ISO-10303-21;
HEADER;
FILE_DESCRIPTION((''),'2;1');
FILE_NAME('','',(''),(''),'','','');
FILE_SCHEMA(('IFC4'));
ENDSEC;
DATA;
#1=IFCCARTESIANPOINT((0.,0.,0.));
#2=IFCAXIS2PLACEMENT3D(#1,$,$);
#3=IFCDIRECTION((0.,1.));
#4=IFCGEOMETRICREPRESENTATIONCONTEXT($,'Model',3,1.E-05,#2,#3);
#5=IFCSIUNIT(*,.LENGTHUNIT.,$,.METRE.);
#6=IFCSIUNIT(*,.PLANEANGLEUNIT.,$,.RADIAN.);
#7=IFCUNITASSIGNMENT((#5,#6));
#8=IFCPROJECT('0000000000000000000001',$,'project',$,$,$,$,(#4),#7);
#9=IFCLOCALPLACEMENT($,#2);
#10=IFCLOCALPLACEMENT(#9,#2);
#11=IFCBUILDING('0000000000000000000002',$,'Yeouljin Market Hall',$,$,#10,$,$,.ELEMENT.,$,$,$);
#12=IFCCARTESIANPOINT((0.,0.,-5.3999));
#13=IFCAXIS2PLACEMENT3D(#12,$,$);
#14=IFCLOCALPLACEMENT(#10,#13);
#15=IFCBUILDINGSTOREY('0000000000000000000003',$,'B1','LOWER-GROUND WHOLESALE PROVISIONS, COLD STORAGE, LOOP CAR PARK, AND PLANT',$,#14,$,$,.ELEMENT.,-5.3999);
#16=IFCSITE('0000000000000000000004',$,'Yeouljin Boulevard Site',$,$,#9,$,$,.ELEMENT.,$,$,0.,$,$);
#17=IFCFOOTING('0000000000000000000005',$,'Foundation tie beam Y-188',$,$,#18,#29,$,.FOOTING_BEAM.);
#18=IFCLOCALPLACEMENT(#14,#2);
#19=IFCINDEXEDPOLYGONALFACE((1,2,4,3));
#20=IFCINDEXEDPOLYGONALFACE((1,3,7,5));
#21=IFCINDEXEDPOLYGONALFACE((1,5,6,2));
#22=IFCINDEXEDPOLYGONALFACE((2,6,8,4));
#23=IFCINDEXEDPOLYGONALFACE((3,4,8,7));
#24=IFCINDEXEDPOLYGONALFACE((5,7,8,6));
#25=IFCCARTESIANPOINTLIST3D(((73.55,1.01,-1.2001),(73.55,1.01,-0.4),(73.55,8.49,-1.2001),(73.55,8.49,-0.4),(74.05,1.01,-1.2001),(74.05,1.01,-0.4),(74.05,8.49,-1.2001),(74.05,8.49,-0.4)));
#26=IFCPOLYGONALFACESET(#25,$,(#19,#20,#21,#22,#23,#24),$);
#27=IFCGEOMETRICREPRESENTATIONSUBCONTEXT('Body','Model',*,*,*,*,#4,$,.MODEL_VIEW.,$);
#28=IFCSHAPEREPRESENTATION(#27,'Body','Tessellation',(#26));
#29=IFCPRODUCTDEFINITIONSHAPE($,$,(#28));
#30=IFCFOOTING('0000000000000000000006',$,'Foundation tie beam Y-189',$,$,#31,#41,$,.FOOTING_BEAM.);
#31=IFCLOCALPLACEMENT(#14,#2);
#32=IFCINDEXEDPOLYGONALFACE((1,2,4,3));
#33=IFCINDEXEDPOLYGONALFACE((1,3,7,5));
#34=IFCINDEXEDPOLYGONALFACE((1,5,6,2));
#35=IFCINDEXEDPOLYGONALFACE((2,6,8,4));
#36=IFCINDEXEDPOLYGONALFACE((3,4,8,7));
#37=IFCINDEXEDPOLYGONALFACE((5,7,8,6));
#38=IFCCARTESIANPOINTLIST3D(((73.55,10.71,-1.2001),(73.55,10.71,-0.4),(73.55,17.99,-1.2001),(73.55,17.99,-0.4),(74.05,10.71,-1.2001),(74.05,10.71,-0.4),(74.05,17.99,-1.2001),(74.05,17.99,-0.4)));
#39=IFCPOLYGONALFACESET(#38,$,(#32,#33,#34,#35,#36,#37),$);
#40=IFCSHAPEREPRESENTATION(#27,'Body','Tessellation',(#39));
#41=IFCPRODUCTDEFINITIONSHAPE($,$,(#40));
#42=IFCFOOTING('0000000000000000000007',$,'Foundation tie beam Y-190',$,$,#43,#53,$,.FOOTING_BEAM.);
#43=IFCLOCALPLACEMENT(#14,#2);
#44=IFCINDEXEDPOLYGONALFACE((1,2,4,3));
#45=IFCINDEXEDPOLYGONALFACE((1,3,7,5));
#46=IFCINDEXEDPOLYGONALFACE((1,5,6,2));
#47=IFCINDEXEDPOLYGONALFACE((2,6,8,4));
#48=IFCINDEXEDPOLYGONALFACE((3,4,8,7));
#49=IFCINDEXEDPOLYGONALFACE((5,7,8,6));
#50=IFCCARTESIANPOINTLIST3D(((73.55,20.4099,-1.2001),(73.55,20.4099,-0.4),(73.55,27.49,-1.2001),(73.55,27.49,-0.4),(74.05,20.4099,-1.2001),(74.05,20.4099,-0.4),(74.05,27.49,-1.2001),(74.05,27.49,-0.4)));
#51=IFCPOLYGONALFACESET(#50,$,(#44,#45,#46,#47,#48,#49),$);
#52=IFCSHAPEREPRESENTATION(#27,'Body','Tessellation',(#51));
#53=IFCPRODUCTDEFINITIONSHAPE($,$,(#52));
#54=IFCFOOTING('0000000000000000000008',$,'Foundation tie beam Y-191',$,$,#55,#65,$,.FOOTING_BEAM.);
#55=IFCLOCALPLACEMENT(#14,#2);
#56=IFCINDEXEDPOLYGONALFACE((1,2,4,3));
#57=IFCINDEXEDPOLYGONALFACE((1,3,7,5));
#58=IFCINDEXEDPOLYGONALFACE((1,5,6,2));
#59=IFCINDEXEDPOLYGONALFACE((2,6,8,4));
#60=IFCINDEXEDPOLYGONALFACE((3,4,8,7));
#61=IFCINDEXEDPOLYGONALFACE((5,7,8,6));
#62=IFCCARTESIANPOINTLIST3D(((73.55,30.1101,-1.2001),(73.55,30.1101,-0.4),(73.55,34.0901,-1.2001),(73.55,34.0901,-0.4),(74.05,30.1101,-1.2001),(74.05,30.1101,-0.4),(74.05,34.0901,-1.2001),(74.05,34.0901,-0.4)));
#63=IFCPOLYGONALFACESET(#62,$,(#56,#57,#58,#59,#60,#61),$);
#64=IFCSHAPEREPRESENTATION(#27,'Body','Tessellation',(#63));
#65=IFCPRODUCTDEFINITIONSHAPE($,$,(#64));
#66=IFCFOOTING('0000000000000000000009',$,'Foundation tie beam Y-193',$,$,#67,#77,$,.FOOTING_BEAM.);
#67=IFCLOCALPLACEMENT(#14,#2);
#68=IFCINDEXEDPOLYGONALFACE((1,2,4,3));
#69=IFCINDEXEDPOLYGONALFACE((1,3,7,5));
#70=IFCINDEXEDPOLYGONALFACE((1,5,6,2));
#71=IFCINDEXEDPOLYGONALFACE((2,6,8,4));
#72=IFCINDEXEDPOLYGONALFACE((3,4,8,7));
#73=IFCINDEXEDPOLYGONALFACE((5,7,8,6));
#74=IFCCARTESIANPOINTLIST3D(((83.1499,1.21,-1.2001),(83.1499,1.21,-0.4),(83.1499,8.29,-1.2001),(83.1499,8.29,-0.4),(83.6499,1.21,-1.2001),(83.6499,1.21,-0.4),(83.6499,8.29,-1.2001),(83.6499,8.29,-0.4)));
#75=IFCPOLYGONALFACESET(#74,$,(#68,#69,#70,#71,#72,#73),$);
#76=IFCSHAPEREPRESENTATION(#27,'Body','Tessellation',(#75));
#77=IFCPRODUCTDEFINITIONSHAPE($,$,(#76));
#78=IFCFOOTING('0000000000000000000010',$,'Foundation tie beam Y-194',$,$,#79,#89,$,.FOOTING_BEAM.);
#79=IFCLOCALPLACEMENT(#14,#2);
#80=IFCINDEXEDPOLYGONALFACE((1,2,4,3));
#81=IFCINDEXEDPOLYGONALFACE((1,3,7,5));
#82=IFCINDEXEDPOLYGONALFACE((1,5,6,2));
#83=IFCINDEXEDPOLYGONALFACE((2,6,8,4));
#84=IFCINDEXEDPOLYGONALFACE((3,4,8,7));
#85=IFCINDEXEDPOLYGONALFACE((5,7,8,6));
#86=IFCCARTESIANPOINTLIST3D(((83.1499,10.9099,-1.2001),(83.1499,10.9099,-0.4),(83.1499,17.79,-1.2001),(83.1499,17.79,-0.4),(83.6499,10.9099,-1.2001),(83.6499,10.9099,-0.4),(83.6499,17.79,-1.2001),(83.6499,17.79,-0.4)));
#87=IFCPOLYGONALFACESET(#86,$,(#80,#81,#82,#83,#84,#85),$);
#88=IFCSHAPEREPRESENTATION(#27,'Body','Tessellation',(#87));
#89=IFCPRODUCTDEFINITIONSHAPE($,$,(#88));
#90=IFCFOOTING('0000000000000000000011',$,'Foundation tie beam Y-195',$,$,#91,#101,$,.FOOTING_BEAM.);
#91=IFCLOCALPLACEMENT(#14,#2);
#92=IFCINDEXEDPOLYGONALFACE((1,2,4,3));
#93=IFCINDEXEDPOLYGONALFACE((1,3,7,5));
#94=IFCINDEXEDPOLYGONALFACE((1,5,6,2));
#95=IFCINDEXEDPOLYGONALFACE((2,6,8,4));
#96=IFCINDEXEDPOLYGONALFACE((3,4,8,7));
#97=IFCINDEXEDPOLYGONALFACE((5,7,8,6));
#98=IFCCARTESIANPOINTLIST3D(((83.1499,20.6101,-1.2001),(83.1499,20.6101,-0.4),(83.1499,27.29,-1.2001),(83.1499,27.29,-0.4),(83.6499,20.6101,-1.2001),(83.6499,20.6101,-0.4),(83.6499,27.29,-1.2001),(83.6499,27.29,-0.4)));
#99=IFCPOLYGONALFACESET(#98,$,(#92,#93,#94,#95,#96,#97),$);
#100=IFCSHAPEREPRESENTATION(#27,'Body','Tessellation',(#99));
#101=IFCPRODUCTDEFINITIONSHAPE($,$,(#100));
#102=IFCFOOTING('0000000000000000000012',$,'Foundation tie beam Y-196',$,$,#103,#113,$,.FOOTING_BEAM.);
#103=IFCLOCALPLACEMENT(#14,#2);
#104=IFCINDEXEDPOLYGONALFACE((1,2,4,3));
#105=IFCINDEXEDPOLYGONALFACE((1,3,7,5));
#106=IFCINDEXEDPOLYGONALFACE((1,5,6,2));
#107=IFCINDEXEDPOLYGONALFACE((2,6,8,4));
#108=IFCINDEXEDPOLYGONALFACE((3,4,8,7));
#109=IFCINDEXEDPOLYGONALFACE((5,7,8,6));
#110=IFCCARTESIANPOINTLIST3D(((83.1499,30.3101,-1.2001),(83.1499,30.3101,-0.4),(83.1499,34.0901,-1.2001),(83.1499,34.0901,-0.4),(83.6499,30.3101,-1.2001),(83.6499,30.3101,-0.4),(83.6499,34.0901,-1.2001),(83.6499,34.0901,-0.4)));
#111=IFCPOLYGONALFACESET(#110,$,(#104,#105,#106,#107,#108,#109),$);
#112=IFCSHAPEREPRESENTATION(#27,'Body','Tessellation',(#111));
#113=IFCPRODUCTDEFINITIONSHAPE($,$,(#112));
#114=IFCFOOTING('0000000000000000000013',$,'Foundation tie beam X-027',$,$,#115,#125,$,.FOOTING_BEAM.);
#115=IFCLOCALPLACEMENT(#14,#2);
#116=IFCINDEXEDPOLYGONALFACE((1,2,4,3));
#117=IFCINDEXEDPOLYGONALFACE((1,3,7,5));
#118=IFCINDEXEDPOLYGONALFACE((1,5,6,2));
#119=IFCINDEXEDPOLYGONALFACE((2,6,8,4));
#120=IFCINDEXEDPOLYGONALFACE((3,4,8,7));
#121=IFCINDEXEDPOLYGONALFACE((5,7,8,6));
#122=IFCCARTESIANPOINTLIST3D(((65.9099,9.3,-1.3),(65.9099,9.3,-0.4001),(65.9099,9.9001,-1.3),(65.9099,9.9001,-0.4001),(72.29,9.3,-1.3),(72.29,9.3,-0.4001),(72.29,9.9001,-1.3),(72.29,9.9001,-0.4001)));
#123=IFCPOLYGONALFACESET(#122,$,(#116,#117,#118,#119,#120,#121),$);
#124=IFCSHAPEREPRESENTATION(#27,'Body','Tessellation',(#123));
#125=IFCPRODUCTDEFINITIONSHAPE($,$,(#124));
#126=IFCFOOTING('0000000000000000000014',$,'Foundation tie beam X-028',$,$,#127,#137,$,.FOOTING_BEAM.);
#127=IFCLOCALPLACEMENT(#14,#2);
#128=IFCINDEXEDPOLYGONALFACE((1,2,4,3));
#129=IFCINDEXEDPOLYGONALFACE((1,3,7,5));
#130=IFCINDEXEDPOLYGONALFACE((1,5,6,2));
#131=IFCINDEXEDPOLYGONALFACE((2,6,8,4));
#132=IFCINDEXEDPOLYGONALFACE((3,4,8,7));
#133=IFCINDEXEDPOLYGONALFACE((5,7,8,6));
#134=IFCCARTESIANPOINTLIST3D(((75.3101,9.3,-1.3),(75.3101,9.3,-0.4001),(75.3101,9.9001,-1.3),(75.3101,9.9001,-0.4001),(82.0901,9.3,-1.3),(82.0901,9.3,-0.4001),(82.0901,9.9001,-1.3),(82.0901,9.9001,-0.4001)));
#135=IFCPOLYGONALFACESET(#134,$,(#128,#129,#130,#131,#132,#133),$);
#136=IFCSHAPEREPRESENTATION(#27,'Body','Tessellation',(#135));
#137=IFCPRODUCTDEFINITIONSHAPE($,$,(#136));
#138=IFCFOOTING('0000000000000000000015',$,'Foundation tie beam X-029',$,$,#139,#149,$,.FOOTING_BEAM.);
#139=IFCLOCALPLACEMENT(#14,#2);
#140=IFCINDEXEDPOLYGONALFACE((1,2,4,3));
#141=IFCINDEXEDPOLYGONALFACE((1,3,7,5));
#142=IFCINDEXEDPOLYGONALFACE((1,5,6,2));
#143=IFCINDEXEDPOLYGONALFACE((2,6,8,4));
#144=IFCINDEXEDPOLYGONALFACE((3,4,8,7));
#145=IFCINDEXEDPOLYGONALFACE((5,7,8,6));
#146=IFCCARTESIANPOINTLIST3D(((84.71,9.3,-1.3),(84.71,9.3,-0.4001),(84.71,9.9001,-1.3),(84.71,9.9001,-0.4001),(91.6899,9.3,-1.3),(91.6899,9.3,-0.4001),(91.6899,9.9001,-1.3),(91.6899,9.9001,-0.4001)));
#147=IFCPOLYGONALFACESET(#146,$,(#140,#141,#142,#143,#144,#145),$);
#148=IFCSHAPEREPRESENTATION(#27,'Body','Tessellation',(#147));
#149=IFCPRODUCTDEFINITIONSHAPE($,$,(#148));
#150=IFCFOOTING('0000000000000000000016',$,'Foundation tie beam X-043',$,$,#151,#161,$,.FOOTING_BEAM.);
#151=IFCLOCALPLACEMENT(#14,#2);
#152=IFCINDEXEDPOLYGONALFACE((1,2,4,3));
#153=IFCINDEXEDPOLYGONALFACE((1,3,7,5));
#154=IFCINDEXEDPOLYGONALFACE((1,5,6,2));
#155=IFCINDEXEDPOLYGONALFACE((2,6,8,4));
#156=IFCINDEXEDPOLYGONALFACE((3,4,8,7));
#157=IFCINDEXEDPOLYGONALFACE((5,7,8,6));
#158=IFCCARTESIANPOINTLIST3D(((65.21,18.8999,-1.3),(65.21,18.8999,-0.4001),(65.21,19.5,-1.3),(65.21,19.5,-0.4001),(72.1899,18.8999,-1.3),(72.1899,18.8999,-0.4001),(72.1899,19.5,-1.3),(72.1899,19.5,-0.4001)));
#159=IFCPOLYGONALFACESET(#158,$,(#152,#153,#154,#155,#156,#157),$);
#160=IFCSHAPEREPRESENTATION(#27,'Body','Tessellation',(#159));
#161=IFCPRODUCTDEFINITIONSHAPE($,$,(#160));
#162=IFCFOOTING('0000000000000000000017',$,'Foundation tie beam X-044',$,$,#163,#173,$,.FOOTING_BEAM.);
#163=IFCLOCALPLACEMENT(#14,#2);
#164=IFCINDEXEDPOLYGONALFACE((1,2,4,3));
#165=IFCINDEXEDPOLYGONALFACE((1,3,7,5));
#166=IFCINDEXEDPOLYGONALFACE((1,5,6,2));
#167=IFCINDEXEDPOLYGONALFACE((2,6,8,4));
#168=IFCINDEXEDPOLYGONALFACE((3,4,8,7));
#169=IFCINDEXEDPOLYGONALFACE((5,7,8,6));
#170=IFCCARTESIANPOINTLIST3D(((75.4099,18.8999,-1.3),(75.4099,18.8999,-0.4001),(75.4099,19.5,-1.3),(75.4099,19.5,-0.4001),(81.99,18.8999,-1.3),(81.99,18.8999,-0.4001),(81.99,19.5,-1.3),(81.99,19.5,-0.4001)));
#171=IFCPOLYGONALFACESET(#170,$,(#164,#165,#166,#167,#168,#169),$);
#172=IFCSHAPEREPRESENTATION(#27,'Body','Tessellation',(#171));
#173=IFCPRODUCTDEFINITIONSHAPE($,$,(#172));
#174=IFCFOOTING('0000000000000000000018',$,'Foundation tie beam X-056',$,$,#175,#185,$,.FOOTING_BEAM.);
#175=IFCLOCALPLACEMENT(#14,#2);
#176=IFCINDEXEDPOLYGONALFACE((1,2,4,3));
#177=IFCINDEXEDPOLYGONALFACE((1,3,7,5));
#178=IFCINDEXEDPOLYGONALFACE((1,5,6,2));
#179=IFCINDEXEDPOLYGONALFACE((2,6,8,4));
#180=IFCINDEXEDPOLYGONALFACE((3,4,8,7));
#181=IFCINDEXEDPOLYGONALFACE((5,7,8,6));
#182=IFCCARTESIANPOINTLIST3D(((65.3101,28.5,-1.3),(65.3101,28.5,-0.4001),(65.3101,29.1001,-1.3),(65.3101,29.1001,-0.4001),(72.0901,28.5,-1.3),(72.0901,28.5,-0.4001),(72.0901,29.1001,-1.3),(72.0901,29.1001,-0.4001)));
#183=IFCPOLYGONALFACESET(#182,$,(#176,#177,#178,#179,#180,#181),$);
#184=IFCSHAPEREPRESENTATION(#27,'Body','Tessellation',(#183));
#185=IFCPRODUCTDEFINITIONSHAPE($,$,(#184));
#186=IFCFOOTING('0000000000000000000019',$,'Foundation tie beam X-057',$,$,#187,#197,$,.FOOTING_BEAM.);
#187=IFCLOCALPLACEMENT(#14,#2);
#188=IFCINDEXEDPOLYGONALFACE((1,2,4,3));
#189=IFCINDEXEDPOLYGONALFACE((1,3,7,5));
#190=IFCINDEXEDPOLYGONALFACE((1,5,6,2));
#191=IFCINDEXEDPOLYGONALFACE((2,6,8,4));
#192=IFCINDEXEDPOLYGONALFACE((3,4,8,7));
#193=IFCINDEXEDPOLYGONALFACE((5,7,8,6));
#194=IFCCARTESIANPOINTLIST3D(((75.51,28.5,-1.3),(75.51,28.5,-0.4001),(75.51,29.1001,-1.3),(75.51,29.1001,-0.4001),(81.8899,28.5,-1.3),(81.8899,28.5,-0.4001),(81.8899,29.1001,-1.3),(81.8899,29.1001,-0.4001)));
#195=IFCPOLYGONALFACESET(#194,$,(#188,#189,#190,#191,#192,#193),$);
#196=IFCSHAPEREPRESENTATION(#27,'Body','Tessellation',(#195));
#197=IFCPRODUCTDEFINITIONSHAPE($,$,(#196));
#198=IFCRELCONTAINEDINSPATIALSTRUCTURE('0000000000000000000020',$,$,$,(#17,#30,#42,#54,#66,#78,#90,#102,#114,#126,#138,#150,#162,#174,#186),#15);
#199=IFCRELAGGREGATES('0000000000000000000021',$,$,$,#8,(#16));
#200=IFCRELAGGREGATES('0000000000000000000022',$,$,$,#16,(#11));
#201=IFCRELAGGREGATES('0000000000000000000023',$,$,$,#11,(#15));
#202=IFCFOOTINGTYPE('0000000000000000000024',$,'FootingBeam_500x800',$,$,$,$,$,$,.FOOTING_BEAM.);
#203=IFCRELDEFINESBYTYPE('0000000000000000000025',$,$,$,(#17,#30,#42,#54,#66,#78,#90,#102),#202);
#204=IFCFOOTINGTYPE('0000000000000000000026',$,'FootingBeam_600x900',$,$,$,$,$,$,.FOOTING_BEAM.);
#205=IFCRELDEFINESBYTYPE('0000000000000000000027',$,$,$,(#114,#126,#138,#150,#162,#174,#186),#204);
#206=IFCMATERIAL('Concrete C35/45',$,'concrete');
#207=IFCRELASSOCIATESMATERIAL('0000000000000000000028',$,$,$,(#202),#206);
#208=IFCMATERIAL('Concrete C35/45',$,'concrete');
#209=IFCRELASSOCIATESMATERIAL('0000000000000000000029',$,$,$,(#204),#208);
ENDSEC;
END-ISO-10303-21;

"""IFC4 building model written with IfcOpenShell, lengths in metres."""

from ifc_helpers import new_model, si_unit, direction, frame, origin, origin_2d, place, context, subcontext, project, spatial, rectangle, extrude, material, material_profile, profile_set, type_object, element, save


model = new_model("IFC4")

# Units and contexts
model_context = context("Model", 3, precision=1e-05, world=origin(), true_north=direction((0.0, 1.0)))
body_context = subcontext(model_context, "Body", "Model", "MODEL_VIEW")
ifc_project = project(units=[si_unit("LENGTHUNIT", "METRE"), si_unit("PLANEANGLEUNIT", "RADIAN")], contexts=[model_context])

# Site, building, storey
site_placement = place(None, origin())
site = spatial("IfcSite", under=ifc_project, at=site_placement, Name="Yeouljin Boulevard Site", CompositionType="ELEMENT", RefElevation=0.0)
building_placement = place(site_placement, origin())
building = spatial("IfcBuilding", under=site, at=building_placement, Name="Yeouljin Market Hall", CompositionType="ELEMENT")
storey_placement = place(building_placement, frame((0.0, 0.0, -5.3999)))
storey = spatial("IfcBuildingStorey", under=building, at=storey_placement, Name="B1", Description="LOWER-GROUND WHOLESALE PROVISIONS, COLD STORAGE, LOOP CAR PARK, AND PLANT", CompositionType="ELEMENT", Elevation=-5.3999)

# Footings
ifc_material_1 = material(Name="Concrete C35/45", Category="concrete")
ifc_material_profile_1 = material_profile(ifc_material_1, rectangle(XDim=0.5, YDim=0.8, at=origin_2d()), Name="RC-500x800")
ifc_profile_set_1 = profile_set([ifc_material_profile_1], Name="Concrete C35/45")
footing_type_1 = type_object("IfcFootingType", Name="FootingBeam_500x800", PredefinedType="FOOTING_BEAM", material=ifc_profile_set_1)
footing_1_placement = place(storey_placement, frame((73.8, 1.01, -0.8), z_axis=(0.0, 1.0, 0.0), x_axis=(-1.0, 0.0, 0.0)))
element("IfcFooting", 1, at=footing_1_placement, inside=storey, type_object=footing_type_1, Name="Foundation tie beam Y-188", PredefinedType="FOOTING_BEAM", context=body_context, shape_type="SweptSolid", body=[
    extrude(rectangle(XDim=0.5, YDim=0.8, at=origin_2d()), origin(), (0.0, 0.0, 1.0), 7.48),
])
footing_2_placement = place(storey_placement, frame((73.8, 10.71, -0.8), z_axis=(0.0, 1.0, 0.0), x_axis=(-1.0, 0.0, 0.0)))
element("IfcFooting", 2, at=footing_2_placement, inside=storey, type_object=footing_type_1, Name="Foundation tie beam Y-189", PredefinedType="FOOTING_BEAM", context=body_context, shape_type="SweptSolid", body=[
    extrude(rectangle(XDim=0.5, YDim=0.8, at=origin_2d()), origin(), (0.0, 0.0, 1.0), 7.28),
])
footing_3_placement = place(storey_placement, frame((73.8, 20.4099, -0.8), z_axis=(0.0, 1.0, 0.0), x_axis=(-1.0, 0.0, 0.0)))
element("IfcFooting", 3, at=footing_3_placement, inside=storey, type_object=footing_type_1, Name="Foundation tie beam Y-190", PredefinedType="FOOTING_BEAM", context=body_context, shape_type="SweptSolid", body=[
    extrude(rectangle(XDim=0.5, YDim=0.8, at=origin_2d()), origin(), (0.0, 0.0, 1.0), 7.0801),
])
footing_4_placement = place(storey_placement, frame((73.8, 30.1101, -0.8), z_axis=(0.0, 1.0, 0.0), x_axis=(-1.0, 0.0, 0.0)))
element("IfcFooting", 4, at=footing_4_placement, inside=storey, type_object=footing_type_1, Name="Foundation tie beam Y-191", PredefinedType="FOOTING_BEAM", context=body_context, shape_type="SweptSolid", body=[
    extrude(rectangle(XDim=0.5, YDim=0.8, at=origin_2d()), origin(), (0.0, 0.0, 1.0), 3.98),
])
footing_5_placement = place(storey_placement, frame((83.3999, 1.21, -0.8), z_axis=(0.0, 1.0, 0.0), x_axis=(-1.0, 0.0, 0.0)))
element("IfcFooting", 5, at=footing_5_placement, inside=storey, type_object=footing_type_1, Name="Foundation tie beam Y-193", PredefinedType="FOOTING_BEAM", context=body_context, shape_type="SweptSolid", body=[
    extrude(rectangle(XDim=0.5, YDim=0.8, at=origin_2d()), origin(), (0.0, 0.0, 1.0), 7.0801),
])
footing_6_placement = place(storey_placement, frame((83.3999, 10.9099, -0.8), z_axis=(0.0, 1.0, 0.0), x_axis=(-1.0, 0.0, 0.0)))
element("IfcFooting", 6, at=footing_6_placement, inside=storey, type_object=footing_type_1, Name="Foundation tie beam Y-194", PredefinedType="FOOTING_BEAM", context=body_context, shape_type="SweptSolid", body=[
    extrude(rectangle(XDim=0.5, YDim=0.8, at=origin_2d()), origin(), (0.0, 0.0, 1.0), 6.8801),
])
footing_7_placement = place(storey_placement, frame((83.3999, 20.6101, -0.8), z_axis=(0.0, 1.0, 0.0), x_axis=(-1.0, 0.0, 0.0)))
element("IfcFooting", 7, at=footing_7_placement, inside=storey, type_object=footing_type_1, Name="Foundation tie beam Y-195", PredefinedType="FOOTING_BEAM", context=body_context, shape_type="SweptSolid", body=[
    extrude(rectangle(XDim=0.5, YDim=0.8, at=origin_2d()), origin(), (0.0, 0.0, 1.0), 6.6799),
])
footing_8_placement = place(storey_placement, frame((83.3999, 30.3101, -0.8), z_axis=(0.0, 1.0, 0.0), x_axis=(-1.0, 0.0, 0.0)))
element("IfcFooting", 8, at=footing_8_placement, inside=storey, type_object=footing_type_1, Name="Foundation tie beam Y-196", PredefinedType="FOOTING_BEAM", context=body_context, shape_type="SweptSolid", body=[
    extrude(rectangle(XDim=0.5, YDim=0.8, at=origin_2d()), origin(), (0.0, 0.0, 1.0), 3.78),
])
ifc_material_2 = material(Name="Concrete C35/45", Category="concrete")
ifc_material_profile_2 = material_profile(ifc_material_2, rectangle(XDim=0.6001, YDim=0.8999, at=origin_2d()), Name="RC-600x900")
ifc_profile_set_2 = profile_set([ifc_material_profile_2], Name="Concrete C35/45")
footing_type_2 = type_object("IfcFootingType", Name="FootingBeam_600x900", PredefinedType="FOOTING_BEAM", material=ifc_profile_set_2)
footing_9_placement = place(storey_placement, frame((65.9099, 9.6001, -0.8501), z_axis=(1.0, 0.0, 0.0), x_axis=(0.0, 1.0, 0.0)))
element("IfcFooting", 9, at=footing_9_placement, inside=storey, type_object=footing_type_2, Name="Foundation tie beam X-027", PredefinedType="FOOTING_BEAM", context=body_context, shape_type="SweptSolid", body=[
    extrude(rectangle(XDim=0.6001, YDim=0.8999, at=origin_2d()), origin(), (0.0, 0.0, 1.0), 6.3801),
])
footing_10_placement = place(storey_placement, frame((75.3101, 9.6001, -0.8501), z_axis=(1.0, 0.0, 0.0), x_axis=(0.0, 1.0, 0.0)))
element("IfcFooting", 10, at=footing_10_placement, inside=storey, type_object=footing_type_2, Name="Foundation tie beam X-028", PredefinedType="FOOTING_BEAM", context=body_context, shape_type="SweptSolid", body=[
    extrude(rectangle(XDim=0.6001, YDim=0.8999, at=origin_2d()), origin(), (0.0, 0.0, 1.0), 6.78),
])
for number, where, z_axis, x_axis, name in (
    (11, (84.71, 9.6001, -0.8501), (1.0, 0.0, 0.0), (0.0, 1.0, 0.0), "Foundation tie beam X-029"),
    (12, (65.21, 19.2, -0.8501), (1.0, 0.0, 0.0), (0.0, 1.0, 0.0), "Foundation tie beam X-043"),
):
    element("IfcFooting", number, at=place(storey_placement, frame(where, z_axis=z_axis, x_axis=x_axis)), inside=storey, type_object=footing_type_2, Name=name, PredefinedType="FOOTING_BEAM", context=body_context, shape_type="SweptSolid", body=[
        extrude(rectangle(XDim=0.6001, YDim=0.8999, at=origin_2d()), origin(), (0.0, 0.0, 1.0), 6.98),
    ])
footing_11_placement = place(storey_placement, frame((75.4099, 19.2, -0.8501), z_axis=(1.0, 0.0, 0.0), x_axis=(0.0, 1.0, 0.0)))
element("IfcFooting", 13, at=footing_11_placement, inside=storey, type_object=footing_type_2, Name="Foundation tie beam X-044", PredefinedType="FOOTING_BEAM", context=body_context, shape_type="SweptSolid", body=[
    extrude(rectangle(XDim=0.6001, YDim=0.8999, at=origin_2d()), origin(), (0.0, 0.0, 1.0), 6.5801),
])
footing_12_placement = place(storey_placement, frame((65.3101, 28.8, -0.8501), z_axis=(1.0, 0.0, 0.0), x_axis=(0.0, 1.0, 0.0)))
element("IfcFooting", 14, at=footing_12_placement, inside=storey, type_object=footing_type_2, Name="Foundation tie beam X-056", PredefinedType="FOOTING_BEAM", context=body_context, shape_type="SweptSolid", body=[
    extrude(rectangle(XDim=0.6001, YDim=0.8999, at=origin_2d()), origin(), (0.0, 0.0, 1.0), 6.78),
])
footing_13_placement = place(storey_placement, frame((75.51, 28.8, -0.8501), z_axis=(1.0, 0.0, 0.0), x_axis=(0.0, 1.0, 0.0)))
element("IfcFooting", 15, at=footing_13_placement, inside=storey, type_object=footing_type_2, Name="Foundation tie beam X-057", PredefinedType="FOOTING_BEAM", context=body_context, shape_type="SweptSolid", body=[
    extrude(rectangle(XDim=0.6001, YDim=0.8999, at=origin_2d()), origin(), (0.0, 0.0, 1.0), 6.3799),
])

save(model, "model.ifc")
